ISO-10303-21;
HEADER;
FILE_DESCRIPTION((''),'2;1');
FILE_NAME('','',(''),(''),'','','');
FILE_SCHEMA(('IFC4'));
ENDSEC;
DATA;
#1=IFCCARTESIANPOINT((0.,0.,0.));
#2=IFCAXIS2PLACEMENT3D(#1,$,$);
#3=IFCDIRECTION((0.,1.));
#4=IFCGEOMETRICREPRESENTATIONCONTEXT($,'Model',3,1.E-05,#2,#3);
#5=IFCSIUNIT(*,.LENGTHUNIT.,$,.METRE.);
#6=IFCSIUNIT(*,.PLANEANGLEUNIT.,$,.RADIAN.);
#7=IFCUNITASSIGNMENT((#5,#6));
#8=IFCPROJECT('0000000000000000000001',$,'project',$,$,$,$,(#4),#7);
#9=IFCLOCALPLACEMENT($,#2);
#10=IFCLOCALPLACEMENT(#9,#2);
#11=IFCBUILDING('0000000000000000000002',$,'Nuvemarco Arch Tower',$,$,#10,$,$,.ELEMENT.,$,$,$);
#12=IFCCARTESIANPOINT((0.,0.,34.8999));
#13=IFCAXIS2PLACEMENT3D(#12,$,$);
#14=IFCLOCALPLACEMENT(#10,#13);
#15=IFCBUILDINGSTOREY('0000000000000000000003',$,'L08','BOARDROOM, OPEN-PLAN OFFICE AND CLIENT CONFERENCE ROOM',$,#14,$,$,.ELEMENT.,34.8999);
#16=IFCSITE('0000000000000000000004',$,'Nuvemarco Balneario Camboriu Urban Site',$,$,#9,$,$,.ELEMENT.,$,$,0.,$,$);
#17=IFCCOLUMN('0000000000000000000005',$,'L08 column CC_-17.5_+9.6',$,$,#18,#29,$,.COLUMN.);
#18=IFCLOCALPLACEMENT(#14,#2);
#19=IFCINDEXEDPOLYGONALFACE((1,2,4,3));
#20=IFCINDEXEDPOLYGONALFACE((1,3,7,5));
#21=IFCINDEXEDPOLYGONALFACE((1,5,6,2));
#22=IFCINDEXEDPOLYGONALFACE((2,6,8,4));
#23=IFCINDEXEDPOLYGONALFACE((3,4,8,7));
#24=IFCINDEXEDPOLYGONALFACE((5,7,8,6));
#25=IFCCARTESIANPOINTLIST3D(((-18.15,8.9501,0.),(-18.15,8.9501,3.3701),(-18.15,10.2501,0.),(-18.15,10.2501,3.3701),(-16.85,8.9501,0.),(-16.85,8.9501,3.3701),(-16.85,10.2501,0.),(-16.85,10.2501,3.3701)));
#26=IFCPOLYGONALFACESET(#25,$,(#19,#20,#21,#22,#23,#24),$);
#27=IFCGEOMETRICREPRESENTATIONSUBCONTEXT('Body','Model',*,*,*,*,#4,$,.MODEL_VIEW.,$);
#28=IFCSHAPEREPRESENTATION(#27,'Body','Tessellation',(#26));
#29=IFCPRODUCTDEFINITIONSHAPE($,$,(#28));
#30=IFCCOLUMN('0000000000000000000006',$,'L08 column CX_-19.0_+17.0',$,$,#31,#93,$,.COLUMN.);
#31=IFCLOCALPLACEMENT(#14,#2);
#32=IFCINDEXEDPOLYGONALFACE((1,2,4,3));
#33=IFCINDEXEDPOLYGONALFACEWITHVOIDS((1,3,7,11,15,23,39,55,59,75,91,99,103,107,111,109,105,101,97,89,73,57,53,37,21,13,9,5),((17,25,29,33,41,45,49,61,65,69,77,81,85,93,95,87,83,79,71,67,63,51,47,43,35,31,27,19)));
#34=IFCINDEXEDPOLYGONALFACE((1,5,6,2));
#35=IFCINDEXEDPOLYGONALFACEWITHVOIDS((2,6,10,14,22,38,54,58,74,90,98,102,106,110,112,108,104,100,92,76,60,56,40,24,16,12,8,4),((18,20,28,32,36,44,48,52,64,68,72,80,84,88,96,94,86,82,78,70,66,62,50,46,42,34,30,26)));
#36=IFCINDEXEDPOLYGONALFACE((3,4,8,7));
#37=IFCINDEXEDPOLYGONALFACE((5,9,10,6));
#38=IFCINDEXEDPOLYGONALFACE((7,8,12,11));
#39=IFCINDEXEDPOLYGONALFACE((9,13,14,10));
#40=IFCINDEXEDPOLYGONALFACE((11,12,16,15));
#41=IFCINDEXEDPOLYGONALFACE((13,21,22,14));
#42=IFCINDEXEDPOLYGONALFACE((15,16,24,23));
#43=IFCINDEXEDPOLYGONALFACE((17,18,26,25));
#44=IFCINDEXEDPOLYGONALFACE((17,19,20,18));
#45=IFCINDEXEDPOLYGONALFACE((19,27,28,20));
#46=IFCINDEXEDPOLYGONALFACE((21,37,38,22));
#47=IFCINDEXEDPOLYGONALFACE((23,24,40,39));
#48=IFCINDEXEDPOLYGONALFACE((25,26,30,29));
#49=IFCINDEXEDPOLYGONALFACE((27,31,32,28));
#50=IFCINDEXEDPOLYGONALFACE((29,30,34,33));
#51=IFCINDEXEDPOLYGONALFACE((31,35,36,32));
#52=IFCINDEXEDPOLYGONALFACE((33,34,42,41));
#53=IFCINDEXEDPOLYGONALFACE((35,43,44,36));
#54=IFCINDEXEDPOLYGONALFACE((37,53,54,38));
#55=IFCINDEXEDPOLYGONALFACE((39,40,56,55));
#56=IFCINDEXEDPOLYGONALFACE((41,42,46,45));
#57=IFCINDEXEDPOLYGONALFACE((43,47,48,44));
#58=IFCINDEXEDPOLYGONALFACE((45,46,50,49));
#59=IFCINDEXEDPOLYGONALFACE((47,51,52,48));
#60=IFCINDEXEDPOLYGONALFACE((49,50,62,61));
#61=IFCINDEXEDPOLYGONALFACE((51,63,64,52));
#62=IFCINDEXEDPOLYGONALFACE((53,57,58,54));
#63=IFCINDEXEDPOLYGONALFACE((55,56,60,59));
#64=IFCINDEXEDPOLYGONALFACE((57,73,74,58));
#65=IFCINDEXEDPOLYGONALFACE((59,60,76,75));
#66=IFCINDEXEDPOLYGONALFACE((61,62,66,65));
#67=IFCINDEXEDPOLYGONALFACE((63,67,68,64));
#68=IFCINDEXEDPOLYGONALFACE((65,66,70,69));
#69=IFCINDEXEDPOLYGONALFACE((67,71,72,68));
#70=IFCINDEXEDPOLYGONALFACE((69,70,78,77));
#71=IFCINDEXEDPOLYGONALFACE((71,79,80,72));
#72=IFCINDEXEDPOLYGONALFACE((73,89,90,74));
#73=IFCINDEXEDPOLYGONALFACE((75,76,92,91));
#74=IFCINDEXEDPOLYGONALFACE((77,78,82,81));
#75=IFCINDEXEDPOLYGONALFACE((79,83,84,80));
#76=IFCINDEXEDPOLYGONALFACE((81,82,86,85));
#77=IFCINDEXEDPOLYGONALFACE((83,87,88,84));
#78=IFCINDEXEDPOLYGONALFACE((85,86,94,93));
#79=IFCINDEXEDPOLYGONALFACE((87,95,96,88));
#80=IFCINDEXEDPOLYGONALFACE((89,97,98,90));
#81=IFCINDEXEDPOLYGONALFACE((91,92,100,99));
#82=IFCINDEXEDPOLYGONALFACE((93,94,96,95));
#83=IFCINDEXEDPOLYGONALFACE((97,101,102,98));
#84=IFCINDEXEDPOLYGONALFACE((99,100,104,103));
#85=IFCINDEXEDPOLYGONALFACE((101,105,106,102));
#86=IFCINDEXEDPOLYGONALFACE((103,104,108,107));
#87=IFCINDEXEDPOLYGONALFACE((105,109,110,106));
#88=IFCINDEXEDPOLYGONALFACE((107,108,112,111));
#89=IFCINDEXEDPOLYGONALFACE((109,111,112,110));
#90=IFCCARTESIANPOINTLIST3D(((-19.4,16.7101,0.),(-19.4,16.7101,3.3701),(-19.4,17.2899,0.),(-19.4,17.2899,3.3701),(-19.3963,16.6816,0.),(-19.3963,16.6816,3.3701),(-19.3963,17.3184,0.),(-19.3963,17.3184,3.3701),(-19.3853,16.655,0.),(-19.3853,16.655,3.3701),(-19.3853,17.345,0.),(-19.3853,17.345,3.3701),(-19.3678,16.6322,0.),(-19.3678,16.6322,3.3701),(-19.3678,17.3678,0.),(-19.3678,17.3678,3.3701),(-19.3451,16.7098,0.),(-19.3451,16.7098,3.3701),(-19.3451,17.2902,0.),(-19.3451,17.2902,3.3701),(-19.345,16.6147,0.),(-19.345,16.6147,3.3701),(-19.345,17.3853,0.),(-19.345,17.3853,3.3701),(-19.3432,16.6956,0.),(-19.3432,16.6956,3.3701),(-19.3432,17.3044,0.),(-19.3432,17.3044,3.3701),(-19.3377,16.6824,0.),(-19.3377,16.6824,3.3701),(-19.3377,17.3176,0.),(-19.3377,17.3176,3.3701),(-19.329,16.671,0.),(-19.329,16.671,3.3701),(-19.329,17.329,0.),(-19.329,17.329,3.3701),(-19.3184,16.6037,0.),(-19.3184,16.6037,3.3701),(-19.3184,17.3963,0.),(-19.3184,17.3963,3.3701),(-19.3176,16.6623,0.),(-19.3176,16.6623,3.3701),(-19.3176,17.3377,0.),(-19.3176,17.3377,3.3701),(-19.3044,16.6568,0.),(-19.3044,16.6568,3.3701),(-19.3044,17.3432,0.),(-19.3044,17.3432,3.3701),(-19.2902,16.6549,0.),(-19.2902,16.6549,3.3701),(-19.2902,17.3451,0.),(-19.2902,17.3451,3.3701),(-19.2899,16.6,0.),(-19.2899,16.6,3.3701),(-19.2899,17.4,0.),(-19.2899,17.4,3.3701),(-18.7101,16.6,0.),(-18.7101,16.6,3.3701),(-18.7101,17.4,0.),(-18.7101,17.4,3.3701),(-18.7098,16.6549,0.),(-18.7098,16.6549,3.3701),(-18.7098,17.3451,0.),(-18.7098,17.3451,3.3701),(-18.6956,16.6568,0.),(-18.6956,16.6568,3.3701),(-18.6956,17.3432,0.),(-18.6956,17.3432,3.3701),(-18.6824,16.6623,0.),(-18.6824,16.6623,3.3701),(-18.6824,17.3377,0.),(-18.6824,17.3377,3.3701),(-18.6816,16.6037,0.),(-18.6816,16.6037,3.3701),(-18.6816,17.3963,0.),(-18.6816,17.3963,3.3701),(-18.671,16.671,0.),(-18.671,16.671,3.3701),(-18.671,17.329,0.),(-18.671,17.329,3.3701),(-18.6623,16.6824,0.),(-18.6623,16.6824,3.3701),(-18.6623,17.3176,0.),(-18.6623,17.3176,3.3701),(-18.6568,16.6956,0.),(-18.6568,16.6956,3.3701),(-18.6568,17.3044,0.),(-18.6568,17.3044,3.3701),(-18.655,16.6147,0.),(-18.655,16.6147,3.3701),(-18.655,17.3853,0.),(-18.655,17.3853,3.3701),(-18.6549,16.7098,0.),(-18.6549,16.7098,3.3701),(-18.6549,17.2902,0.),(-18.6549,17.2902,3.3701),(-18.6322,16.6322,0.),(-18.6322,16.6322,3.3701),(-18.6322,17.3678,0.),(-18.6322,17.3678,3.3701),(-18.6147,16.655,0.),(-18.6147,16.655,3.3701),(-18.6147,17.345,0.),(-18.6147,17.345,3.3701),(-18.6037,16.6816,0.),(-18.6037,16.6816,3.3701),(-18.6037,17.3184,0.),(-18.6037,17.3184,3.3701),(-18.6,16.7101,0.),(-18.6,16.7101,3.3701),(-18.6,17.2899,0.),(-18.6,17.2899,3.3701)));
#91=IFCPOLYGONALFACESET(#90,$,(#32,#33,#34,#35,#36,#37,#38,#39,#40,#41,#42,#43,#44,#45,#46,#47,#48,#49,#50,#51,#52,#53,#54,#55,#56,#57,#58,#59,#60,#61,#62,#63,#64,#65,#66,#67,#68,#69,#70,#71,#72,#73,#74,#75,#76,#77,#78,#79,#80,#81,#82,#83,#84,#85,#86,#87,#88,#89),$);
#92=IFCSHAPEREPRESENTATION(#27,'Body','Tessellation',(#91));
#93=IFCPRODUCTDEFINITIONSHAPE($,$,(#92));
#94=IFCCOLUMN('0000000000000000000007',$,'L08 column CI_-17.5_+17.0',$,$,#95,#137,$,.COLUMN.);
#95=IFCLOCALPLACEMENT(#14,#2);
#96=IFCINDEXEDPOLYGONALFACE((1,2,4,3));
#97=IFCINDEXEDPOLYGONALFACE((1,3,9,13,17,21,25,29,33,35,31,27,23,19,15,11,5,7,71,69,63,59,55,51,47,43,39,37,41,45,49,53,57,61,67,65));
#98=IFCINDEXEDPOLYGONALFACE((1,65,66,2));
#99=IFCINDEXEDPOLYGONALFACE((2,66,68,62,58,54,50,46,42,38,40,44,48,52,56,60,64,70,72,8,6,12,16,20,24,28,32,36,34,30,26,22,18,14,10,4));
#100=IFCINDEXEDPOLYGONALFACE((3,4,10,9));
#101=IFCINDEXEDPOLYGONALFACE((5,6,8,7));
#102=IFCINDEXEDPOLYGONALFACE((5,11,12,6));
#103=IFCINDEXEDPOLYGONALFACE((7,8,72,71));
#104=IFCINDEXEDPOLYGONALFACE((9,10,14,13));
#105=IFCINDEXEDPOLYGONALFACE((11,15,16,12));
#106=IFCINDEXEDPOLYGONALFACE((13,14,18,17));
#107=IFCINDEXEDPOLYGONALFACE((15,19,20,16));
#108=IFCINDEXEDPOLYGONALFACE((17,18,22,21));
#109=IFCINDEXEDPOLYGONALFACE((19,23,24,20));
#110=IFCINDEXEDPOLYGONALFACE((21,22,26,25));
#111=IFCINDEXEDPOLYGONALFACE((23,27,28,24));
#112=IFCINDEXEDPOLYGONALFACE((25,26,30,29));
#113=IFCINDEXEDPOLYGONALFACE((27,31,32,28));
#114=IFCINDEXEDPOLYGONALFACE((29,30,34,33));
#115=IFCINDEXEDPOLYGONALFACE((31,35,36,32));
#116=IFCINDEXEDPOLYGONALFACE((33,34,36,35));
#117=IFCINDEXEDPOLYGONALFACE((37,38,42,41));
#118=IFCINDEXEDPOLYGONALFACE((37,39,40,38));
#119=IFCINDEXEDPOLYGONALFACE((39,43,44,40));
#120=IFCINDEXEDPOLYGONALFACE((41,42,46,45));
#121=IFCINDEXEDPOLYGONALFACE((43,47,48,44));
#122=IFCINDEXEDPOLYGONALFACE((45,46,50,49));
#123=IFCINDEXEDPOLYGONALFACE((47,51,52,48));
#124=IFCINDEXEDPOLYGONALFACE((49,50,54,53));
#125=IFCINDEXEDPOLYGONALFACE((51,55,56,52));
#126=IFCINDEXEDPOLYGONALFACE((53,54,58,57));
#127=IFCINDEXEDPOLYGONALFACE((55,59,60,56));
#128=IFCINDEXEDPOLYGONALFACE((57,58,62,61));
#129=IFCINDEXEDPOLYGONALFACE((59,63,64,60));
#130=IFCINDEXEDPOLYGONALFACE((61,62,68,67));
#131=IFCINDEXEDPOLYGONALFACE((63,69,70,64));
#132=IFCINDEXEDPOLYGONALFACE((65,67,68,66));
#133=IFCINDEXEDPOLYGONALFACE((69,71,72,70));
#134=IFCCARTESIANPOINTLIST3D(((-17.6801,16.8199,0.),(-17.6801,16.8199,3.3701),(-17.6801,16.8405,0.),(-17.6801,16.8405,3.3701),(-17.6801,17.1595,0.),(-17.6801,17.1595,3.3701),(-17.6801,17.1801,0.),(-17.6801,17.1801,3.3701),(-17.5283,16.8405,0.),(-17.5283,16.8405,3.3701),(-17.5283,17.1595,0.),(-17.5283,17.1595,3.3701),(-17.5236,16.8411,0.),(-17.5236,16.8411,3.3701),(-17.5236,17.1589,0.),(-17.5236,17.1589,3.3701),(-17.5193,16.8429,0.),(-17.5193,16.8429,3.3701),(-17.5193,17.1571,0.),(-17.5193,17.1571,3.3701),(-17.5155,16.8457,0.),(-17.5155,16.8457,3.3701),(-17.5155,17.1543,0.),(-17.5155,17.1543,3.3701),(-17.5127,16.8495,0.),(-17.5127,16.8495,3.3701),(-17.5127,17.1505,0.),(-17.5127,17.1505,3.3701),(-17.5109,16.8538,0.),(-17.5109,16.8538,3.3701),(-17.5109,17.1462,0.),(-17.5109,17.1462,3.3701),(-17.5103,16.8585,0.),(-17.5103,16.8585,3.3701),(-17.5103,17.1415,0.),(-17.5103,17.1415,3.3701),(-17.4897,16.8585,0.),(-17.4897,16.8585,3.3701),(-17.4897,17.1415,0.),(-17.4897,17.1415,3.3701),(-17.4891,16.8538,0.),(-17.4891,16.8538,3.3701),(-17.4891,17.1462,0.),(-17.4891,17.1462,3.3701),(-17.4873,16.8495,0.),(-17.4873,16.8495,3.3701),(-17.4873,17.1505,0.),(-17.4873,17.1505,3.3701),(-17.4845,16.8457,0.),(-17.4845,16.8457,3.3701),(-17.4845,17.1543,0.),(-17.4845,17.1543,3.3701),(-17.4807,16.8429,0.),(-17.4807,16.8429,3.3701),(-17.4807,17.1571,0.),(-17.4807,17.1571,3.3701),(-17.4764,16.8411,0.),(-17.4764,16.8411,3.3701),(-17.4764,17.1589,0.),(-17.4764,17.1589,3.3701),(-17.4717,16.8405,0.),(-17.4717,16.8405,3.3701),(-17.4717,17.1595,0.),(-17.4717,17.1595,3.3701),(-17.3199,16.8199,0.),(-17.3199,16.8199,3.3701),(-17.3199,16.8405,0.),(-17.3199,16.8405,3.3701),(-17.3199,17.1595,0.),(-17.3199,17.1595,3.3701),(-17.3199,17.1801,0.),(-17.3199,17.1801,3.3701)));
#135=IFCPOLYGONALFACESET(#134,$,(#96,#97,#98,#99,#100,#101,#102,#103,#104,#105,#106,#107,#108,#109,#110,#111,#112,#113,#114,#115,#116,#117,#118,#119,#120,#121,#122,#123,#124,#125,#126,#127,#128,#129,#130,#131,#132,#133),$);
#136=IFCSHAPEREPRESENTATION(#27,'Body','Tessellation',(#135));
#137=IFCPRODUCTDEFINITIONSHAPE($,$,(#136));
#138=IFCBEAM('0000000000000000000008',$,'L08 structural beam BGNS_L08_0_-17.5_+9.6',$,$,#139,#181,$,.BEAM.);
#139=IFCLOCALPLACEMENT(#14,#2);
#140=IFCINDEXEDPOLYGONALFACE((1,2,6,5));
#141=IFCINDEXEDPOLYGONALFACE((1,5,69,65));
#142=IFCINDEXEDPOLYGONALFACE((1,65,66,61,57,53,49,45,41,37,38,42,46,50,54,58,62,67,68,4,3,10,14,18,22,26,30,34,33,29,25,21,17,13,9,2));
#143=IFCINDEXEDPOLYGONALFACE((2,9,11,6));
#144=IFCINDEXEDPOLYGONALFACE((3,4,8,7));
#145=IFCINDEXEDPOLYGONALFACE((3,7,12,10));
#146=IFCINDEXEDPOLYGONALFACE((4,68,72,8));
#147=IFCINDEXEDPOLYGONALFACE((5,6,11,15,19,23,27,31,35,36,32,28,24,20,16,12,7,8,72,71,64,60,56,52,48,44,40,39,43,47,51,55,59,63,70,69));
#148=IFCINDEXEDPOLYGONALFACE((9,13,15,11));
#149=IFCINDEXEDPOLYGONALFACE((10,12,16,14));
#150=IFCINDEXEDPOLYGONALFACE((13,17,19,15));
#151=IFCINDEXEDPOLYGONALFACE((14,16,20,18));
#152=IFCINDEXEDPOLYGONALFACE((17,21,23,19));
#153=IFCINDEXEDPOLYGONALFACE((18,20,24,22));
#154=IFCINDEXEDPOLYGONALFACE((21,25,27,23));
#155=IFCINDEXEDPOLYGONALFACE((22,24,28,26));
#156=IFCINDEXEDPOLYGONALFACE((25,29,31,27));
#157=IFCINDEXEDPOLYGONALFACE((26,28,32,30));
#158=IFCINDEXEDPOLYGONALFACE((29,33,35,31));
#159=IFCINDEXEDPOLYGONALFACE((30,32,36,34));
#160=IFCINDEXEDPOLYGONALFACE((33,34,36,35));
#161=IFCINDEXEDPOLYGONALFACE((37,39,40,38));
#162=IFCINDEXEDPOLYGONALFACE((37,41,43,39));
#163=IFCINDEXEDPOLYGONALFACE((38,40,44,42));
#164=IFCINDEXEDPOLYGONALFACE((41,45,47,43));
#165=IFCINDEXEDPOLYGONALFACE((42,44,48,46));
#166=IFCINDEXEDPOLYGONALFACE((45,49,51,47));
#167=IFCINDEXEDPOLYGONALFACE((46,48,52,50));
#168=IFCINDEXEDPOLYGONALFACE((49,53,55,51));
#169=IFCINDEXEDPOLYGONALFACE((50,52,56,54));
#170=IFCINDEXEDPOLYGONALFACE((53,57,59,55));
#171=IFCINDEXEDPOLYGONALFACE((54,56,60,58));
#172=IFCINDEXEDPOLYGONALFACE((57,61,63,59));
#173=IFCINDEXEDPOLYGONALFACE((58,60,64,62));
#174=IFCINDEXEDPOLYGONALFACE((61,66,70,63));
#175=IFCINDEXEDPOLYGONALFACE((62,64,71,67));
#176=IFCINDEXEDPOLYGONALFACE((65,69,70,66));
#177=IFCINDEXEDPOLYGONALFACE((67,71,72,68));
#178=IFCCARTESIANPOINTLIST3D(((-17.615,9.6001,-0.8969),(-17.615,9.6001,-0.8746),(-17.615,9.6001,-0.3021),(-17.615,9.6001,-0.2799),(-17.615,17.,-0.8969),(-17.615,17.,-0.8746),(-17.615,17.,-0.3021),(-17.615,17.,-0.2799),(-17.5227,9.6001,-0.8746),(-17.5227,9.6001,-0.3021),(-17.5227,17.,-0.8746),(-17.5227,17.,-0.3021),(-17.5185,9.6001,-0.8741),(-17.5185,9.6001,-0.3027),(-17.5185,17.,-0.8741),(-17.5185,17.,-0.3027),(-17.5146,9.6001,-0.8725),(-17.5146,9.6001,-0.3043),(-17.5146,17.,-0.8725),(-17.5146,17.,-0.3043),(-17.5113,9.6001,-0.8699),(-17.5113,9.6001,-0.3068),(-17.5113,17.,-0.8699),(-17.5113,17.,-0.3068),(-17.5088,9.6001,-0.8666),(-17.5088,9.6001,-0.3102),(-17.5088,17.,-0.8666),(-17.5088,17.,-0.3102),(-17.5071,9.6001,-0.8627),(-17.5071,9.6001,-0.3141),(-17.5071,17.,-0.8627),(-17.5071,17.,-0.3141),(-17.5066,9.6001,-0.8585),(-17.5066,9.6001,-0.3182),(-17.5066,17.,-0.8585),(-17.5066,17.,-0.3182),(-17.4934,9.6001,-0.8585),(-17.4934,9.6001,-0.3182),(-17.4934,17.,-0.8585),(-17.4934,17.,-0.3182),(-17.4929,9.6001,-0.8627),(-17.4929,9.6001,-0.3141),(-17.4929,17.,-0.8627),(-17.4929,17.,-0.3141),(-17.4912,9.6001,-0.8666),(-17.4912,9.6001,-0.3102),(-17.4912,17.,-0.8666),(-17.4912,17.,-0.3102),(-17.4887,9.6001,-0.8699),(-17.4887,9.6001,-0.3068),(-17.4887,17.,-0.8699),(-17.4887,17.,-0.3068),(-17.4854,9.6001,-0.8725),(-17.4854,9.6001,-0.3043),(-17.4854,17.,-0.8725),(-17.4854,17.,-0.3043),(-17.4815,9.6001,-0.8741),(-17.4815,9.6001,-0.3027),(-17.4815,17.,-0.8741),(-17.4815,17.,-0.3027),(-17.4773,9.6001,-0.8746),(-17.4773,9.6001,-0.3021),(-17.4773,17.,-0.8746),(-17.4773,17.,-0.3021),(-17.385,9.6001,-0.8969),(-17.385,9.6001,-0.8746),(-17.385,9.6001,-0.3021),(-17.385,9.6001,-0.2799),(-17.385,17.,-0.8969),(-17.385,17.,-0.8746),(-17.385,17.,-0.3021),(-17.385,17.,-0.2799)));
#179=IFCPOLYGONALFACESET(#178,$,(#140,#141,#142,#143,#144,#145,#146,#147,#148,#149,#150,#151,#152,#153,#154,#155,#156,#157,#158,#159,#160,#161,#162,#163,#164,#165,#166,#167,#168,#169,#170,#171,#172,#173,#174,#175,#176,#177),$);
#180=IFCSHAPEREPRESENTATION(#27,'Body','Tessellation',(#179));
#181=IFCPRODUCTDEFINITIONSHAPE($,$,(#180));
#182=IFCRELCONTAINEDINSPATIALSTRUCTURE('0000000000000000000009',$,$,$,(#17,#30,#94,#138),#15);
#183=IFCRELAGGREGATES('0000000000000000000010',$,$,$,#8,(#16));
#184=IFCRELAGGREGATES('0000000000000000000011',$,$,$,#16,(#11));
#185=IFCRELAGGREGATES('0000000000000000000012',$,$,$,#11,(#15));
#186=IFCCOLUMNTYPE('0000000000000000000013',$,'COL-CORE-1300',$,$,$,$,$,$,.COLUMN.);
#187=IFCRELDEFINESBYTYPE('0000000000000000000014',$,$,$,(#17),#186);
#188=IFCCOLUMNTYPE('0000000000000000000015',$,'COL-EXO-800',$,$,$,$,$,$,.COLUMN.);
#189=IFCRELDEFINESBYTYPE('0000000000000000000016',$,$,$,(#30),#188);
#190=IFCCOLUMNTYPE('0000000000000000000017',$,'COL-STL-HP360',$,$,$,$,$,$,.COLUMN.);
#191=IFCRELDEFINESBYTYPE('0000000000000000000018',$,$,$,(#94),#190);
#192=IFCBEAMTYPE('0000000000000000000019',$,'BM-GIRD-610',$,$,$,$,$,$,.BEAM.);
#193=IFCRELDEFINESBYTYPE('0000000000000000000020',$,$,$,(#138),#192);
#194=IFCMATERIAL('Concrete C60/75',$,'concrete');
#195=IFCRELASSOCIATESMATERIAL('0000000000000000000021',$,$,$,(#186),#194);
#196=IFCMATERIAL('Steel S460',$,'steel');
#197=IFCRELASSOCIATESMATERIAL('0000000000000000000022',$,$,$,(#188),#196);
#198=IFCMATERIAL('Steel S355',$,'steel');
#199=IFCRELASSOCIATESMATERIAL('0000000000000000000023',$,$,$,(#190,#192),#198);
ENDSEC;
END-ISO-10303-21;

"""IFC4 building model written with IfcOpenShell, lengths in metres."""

from ifc_helpers import new_model, si_unit, direction, frame, origin, origin_2d, place, context, subcontext, project, spatial, rectangle, hollow_rectangle, i_section, extrude, material, material_profile, profile_set, type_object, element, save


model = new_model("IFC4")

# Units and contexts
model_context = context("Model", 3, precision=1e-05, world=origin(), true_north=direction((0.0, 1.0)))
body_context = subcontext(model_context, "Body", "Model", "MODEL_VIEW")
ifc_project = project(units=[si_unit("LENGTHUNIT", "METRE"), si_unit("PLANEANGLEUNIT", "RADIAN")], contexts=[model_context])

# Site, building, storey
site_placement = place(None, origin())
site = spatial("IfcSite", under=ifc_project, at=site_placement, Name="Nuvemarco Balneario Camboriu Urban Site", CompositionType="ELEMENT", RefElevation=0.0)
building_placement = place(site_placement, origin())
building = spatial("IfcBuilding", under=site, at=building_placement, Name="Nuvemarco Arch Tower", CompositionType="ELEMENT")
storey_placement = place(building_placement, frame((0.0, 0.0, 34.8999)))
storey = spatial("IfcBuildingStorey", under=building, at=storey_placement, Name="L08", Description="BOARDROOM, OPEN-PLAN OFFICE AND CLIENT CONFERENCE ROOM", CompositionType="ELEMENT", Elevation=34.8999)

# Columns
ifc_material_1 = material(Name="Concrete C60/75", Category="concrete")
ifc_material_profile_1 = material_profile(ifc_material_1, rectangle(XDim=1.3, YDim=1.3, at=origin_2d()), Name="RC-COL-1300x1300")
ifc_profile_set_1 = profile_set([ifc_material_profile_1], Name="Concrete C60/75")
column_type_1 = type_object("IfcColumnType", Name="COL-CORE-1300", PredefinedType="COLUMN", material=ifc_profile_set_1)
column_1_placement = place(storey_placement, frame((-17.5, 9.6001, 0.0), z_axis=(0.0, 0.0, 1.0), x_axis=(1.0, 0.0, 0.0)))
element("IfcColumn", 1, at=column_1_placement, inside=storey, type_object=column_type_1, Name="L08 column CC_-17.5_+9.6", PredefinedType="COLUMN", context=body_context, shape_type="SweptSolid", body=[
    extrude(rectangle(XDim=1.3, YDim=1.3, at=origin_2d()), origin(), (0.0, 0.0, 1.0), 3.3701),
])
ifc_material_2 = material(Name="Steel S460", Category="steel")
ifc_material_profile_2 = material_profile(ifc_material_2, hollow_rectangle(XDim=0.8, YDim=0.8, WallThickness=0.0549, InnerFilletRadius=0.0549, OuterFilletRadius=0.1101, at=origin_2d()), Name="SHS800x800x55")
ifc_profile_set_2 = profile_set([ifc_material_profile_2], Name="Steel S460")
column_type_2 = type_object("IfcColumnType", Name="COL-EXO-800", PredefinedType="COLUMN", material=ifc_profile_set_2)
column_2_placement = place(storey_placement, frame((-19.0, 17.0, 0.0), z_axis=(0.0, 0.0, 1.0), x_axis=(1.0, 0.0, 0.0)))
element("IfcColumn", 2, at=column_2_placement, inside=storey, type_object=column_type_2, Name="L08 column CX_-19.0_+17.0", PredefinedType="COLUMN", context=body_context, shape_type="SweptSolid", body=[
    extrude(hollow_rectangle(XDim=0.8, YDim=0.8, WallThickness=0.0549, InnerFilletRadius=0.0549, OuterFilletRadius=0.1101, at=origin_2d()), origin(), (0.0, 0.0, 1.0), 3.3701),
])
ifc_material_3 = material(Name="Steel S355", Category="steel")
ifc_material_profile_3 = material_profile(ifc_material_3, i_section(OverallWidth=0.3601, OverallDepth=0.3601, WebThickness=0.0205, FlangeThickness=0.0205, FilletRadius=0.0181, at=origin_2d()), Name="HP360x174")
ifc_profile_set_3 = profile_set([ifc_material_profile_3], Name="Steel S355")
column_type_3 = type_object("IfcColumnType", Name="COL-STL-HP360", PredefinedType="COLUMN", material=ifc_profile_set_3)
column_3_placement = place(storey_placement, frame((-17.5, 17.0, 0.0), z_axis=(0.0, 0.0, 1.0), x_axis=(1.0, 0.0, 0.0)))
element("IfcColumn", 3, at=column_3_placement, inside=storey, type_object=column_type_3, Name="L08 column CI_-17.5_+17.0", PredefinedType="COLUMN", context=body_context, shape_type="SweptSolid", body=[
    extrude(i_section(OverallWidth=0.3601, OverallDepth=0.3601, WebThickness=0.0205, FlangeThickness=0.0205, FilletRadius=0.0181, at=origin_2d()), origin(), (0.0, 0.0, 1.0), 3.3701),
])

# Beam
ifc_material_profile_4 = material_profile(ifc_material_3, i_section(OverallWidth=0.23, OverallDepth=0.6169, WebThickness=0.0132, FlangeThickness=0.0222, FilletRadius=0.0161, at=origin_2d()), Name="W610x140")
ifc_profile_set_4 = profile_set([ifc_material_profile_4], Name="Steel S355")
beam_type_1 = type_object("IfcBeamType", Name="BM-GIRD-610", PredefinedType="BEAM", material=ifc_profile_set_4)
beam_1_placement = place(storey_placement, frame((-17.5, 9.6001, -0.5884), z_axis=(0.0, 1.0, 0.0), x_axis=(-1.0, 0.0, 0.0)))
element("IfcBeam", 4, at=beam_1_placement, inside=storey, type_object=beam_type_1, Name="L08 structural beam BGNS_L08_0_-17.5_+9.6", PredefinedType="BEAM", context=body_context, shape_type="SweptSolid", body=[
    extrude(i_section(OverallWidth=0.23, OverallDepth=0.6169, WebThickness=0.0132, FlangeThickness=0.0222, FilletRadius=0.0161, at=origin_2d()), origin(), (0.0, 0.0, 1.0), 7.3999),
])

save(model, "model.ifc")
